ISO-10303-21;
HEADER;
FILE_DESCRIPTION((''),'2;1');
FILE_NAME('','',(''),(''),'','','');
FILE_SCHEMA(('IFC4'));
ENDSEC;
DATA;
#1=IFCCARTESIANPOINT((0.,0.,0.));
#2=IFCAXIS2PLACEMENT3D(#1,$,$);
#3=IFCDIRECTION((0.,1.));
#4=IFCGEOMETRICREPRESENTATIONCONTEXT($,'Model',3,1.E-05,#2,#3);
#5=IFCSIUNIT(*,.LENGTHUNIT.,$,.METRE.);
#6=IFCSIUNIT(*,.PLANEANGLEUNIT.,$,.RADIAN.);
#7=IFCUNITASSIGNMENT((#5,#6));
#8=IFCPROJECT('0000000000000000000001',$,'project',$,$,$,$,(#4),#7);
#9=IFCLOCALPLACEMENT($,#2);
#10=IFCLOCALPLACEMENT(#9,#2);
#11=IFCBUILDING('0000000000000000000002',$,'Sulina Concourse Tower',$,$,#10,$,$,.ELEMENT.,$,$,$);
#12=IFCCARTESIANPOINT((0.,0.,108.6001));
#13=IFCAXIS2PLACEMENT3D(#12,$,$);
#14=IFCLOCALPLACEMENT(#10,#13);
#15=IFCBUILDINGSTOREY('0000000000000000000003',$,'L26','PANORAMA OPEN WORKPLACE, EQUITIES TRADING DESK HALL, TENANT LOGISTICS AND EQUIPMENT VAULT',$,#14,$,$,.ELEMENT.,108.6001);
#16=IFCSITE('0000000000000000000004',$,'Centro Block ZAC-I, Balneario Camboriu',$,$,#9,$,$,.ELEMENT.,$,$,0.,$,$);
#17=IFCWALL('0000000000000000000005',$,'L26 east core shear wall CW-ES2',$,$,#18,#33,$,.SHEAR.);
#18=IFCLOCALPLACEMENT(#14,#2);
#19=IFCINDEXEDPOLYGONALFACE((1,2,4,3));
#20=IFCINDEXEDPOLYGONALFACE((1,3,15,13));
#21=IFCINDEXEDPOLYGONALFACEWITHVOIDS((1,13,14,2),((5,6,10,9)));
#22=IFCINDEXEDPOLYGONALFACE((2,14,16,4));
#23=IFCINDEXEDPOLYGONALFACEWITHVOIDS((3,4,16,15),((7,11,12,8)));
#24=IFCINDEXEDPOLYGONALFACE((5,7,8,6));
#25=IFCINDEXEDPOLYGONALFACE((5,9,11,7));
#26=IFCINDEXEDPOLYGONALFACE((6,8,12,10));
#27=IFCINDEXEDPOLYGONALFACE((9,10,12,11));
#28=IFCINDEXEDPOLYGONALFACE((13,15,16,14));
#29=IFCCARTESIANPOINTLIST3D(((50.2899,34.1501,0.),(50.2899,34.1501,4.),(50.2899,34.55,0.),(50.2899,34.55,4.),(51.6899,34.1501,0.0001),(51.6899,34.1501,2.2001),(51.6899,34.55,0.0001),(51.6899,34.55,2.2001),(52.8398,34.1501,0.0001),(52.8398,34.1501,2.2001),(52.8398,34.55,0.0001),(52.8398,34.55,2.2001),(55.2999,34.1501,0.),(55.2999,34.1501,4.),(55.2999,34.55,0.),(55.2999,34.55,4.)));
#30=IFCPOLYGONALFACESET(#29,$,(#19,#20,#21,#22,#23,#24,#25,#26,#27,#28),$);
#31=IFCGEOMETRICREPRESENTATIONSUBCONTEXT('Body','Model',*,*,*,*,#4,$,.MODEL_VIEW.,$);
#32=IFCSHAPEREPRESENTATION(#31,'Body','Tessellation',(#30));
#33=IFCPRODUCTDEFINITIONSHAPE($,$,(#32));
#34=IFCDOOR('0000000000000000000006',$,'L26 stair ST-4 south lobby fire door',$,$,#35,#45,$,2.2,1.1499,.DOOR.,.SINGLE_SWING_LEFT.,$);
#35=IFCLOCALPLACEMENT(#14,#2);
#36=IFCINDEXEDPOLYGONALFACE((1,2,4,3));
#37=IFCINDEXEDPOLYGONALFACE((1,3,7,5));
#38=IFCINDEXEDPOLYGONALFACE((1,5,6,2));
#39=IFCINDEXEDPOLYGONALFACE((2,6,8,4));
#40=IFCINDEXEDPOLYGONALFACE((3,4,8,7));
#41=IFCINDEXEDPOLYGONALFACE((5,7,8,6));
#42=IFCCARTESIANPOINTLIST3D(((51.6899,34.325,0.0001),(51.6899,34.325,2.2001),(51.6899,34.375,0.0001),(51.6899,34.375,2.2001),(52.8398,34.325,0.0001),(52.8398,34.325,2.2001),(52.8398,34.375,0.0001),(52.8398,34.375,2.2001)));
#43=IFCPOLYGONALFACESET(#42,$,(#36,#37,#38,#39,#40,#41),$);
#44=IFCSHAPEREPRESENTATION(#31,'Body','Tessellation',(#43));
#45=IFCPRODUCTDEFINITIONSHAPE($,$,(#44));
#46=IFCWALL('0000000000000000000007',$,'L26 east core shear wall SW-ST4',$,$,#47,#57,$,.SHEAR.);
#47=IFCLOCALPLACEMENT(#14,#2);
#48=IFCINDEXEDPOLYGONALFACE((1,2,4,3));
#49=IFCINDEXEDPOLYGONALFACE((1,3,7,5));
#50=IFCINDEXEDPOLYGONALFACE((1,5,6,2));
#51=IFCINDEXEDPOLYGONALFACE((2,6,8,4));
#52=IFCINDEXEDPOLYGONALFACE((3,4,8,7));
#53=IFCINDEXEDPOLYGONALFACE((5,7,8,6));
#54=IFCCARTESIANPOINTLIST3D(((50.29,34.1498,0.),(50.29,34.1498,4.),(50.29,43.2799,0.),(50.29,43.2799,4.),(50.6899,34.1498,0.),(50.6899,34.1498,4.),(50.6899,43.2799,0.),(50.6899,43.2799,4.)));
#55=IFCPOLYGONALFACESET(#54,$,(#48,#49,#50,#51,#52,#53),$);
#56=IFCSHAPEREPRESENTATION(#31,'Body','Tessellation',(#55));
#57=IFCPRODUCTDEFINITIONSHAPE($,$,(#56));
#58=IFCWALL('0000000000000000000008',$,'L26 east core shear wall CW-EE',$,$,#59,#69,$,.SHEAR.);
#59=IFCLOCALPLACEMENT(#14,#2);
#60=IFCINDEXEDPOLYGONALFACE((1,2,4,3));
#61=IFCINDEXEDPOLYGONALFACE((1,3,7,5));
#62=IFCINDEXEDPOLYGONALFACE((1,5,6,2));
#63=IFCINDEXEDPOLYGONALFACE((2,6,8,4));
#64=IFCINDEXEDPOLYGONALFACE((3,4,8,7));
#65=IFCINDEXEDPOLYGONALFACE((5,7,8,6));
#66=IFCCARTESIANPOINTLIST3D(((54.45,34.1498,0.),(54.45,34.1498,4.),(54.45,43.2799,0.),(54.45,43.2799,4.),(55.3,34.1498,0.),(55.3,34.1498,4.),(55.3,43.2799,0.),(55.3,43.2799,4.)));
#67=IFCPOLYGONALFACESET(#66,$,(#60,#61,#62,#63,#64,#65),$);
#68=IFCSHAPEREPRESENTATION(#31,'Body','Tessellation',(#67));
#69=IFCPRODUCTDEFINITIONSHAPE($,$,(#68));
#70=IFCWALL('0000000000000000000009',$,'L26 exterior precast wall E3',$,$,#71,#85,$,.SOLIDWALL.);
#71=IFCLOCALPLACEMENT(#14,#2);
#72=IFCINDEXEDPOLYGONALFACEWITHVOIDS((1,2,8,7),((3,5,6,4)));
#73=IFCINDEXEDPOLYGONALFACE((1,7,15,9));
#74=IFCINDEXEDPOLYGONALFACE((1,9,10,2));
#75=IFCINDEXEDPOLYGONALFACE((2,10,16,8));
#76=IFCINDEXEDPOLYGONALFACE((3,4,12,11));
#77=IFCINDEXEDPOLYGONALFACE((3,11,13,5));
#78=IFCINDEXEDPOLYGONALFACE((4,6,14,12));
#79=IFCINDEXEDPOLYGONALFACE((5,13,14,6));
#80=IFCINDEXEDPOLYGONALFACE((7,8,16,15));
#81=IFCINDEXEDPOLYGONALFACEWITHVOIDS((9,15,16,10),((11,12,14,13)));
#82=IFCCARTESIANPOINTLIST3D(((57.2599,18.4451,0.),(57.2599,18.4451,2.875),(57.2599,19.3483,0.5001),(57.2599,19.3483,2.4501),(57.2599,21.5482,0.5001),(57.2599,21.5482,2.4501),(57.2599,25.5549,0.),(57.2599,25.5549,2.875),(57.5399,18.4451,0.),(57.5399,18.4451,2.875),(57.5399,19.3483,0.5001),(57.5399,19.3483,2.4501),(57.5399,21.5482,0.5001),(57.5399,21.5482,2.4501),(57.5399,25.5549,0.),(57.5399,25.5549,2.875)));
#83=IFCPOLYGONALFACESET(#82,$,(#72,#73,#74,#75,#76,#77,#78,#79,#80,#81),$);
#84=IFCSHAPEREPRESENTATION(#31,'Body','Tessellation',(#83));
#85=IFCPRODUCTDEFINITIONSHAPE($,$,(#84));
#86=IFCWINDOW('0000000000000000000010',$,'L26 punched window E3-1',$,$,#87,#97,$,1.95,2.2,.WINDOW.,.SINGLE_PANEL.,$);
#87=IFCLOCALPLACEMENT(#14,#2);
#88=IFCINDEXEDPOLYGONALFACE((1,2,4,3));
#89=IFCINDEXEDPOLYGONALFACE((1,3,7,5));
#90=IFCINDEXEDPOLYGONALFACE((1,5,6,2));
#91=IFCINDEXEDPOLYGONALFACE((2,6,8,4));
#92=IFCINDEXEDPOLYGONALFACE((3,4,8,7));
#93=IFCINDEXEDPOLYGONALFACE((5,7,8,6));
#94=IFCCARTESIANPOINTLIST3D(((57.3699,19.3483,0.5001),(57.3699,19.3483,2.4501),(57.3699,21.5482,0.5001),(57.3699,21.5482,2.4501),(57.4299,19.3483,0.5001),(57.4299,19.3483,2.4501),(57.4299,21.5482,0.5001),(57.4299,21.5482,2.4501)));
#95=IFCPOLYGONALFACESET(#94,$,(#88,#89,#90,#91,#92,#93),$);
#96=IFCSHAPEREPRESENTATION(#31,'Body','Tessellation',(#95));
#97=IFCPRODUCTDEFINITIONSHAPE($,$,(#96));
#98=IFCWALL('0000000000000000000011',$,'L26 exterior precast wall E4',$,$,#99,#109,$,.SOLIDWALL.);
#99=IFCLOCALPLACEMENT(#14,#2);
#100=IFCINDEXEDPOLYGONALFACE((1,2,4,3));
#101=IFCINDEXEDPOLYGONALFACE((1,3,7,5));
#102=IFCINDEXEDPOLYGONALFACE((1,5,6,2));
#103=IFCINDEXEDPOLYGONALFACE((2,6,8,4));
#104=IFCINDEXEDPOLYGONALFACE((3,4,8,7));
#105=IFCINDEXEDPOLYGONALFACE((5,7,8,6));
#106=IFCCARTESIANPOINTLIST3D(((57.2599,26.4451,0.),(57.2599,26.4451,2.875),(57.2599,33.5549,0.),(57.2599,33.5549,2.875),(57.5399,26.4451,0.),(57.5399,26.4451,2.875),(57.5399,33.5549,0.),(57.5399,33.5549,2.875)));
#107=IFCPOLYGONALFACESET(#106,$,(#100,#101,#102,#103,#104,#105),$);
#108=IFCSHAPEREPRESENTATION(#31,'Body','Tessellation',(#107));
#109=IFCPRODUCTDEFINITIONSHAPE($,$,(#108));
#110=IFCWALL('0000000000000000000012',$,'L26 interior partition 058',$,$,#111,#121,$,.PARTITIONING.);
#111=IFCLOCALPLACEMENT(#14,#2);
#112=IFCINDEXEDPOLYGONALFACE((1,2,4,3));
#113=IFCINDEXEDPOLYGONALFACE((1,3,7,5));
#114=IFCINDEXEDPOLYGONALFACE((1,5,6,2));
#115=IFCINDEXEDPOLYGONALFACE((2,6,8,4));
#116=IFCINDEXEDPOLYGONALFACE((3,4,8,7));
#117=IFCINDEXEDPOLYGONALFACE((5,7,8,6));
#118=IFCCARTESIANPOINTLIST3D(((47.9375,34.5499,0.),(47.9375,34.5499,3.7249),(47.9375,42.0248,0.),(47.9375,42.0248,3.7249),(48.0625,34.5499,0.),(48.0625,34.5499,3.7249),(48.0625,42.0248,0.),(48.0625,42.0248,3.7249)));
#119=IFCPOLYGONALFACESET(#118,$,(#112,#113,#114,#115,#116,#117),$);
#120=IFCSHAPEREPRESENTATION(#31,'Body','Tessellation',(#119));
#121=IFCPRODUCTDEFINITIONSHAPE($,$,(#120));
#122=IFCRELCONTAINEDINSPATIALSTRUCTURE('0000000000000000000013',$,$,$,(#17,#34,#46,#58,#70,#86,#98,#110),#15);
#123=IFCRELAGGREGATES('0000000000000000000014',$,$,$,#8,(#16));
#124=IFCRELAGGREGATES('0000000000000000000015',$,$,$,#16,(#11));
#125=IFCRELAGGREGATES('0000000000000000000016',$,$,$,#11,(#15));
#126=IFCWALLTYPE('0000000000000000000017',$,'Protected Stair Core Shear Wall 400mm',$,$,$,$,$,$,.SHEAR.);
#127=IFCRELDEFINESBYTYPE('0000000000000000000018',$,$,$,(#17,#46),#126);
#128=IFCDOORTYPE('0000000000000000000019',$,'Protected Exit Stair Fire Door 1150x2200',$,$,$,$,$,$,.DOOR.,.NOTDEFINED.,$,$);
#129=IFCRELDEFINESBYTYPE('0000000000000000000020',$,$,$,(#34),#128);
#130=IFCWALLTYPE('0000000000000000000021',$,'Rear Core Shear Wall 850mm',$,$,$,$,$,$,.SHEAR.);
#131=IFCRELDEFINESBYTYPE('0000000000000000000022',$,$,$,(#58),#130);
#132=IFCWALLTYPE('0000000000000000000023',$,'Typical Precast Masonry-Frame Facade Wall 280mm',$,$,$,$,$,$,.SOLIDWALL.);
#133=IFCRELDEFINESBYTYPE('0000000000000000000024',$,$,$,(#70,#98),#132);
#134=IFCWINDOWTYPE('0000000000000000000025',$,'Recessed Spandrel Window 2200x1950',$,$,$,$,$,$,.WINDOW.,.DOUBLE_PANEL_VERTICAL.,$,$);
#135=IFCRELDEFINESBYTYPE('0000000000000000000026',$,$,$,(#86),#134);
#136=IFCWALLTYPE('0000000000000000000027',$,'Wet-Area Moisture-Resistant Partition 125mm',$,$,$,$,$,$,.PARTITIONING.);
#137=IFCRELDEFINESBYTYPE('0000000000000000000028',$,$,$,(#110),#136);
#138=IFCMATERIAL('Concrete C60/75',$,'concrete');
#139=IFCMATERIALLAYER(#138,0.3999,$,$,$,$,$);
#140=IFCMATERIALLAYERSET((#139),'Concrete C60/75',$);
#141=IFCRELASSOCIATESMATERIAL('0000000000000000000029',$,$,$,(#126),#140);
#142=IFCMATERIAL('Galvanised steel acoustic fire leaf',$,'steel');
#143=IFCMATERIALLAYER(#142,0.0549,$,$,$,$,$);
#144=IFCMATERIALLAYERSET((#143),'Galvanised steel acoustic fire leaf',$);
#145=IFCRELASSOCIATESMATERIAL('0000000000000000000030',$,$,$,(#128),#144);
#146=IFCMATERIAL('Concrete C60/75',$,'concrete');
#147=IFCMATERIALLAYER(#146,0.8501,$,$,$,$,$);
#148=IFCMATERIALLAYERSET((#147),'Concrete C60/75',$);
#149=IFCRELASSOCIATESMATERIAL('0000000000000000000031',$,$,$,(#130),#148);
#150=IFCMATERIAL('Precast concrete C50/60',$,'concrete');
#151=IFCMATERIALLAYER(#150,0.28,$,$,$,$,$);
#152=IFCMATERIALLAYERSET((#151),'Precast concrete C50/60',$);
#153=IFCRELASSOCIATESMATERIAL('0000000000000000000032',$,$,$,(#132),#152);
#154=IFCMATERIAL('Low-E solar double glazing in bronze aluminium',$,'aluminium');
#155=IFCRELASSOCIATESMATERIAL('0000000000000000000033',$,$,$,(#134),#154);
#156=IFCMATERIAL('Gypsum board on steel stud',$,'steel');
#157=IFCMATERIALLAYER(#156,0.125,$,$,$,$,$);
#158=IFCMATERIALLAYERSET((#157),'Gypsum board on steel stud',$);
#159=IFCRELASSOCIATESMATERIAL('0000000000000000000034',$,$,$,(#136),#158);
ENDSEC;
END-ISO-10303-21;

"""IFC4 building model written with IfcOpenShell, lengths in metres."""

from ifc_helpers import new_model, si_unit, direction, frame, frame_2d, origin, place, context, subcontext, project, spatial, rectangle, extrude, material, layer, layer_set, type_object, element, fill, save


model = new_model("IFC4")

# Units and contexts
model_context = context("Model", 3, precision=1e-05, world=origin(), true_north=direction((0.0, 1.0)))
body_context = subcontext(model_context, "Body", "Model", "MODEL_VIEW")
ifc_project = project(units=[si_unit("LENGTHUNIT", "METRE"), si_unit("PLANEANGLEUNIT", "RADIAN")], contexts=[model_context])

# Site, building, storey
site_placement = place(None, origin())
site = spatial("IfcSite", under=ifc_project, at=site_placement, Name="Centro Block ZAC-I, Balneario Camboriu", CompositionType="ELEMENT", RefElevation=0.0)
building_placement = place(site_placement, origin())
building = spatial("IfcBuilding", under=site, at=building_placement, Name="Sulina Concourse Tower", CompositionType="ELEMENT")
storey_placement = place(building_placement, frame((0.0, 0.0, 108.6001)))
storey = spatial("IfcBuildingStorey", under=building, at=storey_placement, Name="L26", Description="PANORAMA OPEN WORKPLACE, EQUITIES TRADING DESK HALL, TENANT LOGISTICS AND EQUIPMENT VAULT", CompositionType="ELEMENT", Elevation=108.6001)

# Shared definitions
ifc_material_1 = material(Name="Concrete C60/75", Category="concrete")
ifc_layer_1 = layer(ifc_material_1, 0.3999)
ifc_layer_set_1 = layer_set([ifc_layer_1], Name="Concrete C60/75")
wall_type_1 = type_object("IfcWallType", Name="Protected Stair Core Shear Wall 400mm", PredefinedType="SHEAR", material=ifc_layer_set_1)

# Wall, opening, door
wall_1_placement = place(storey_placement, frame((50.29, 34.3501, 0.0), z_axis=(0.0, 0.0, 1.0), x_axis=(1.0, 0.0, 0.0)))
wall_1 = element("IfcWall", 1, at=wall_1_placement, inside=storey, type_object=wall_type_1, Name="L26 east core shear wall CW-ES2", PredefinedType="SHEAR", context=body_context, shape_type="SweptSolid", body=[
    extrude(rectangle(XDim=5.01, YDim=0.3999, at=frame_2d((2.5049, 0.0))), origin(), (0.0, 0.0, 1.0), 4.0),
])
opening_1_placement = place(wall_1_placement, frame((1.3999, 0.0, 0.0)))
opening_1 = element("IfcOpeningElement", 2, at=opening_1_placement, cuts=wall_1, PredefinedType="OPENING", context=body_context, shape_type="SweptSolid", body=[
    extrude(rectangle(XDim=1.1499, YDim=2.2, at=frame_2d((0.575, 1.1001))), frame((0.0, 0.21, 0.0), z_axis=(0.0, -1.0, 0.0), x_axis=(1.0, 0.0, 0.0)), (0.0, 0.0, 1.0), 0.4199),
])
ifc_material_2 = material(Name="Galvanised steel acoustic fire leaf", Category="steel")
ifc_layer_2 = layer(ifc_material_2, 0.0549)
ifc_layer_set_2 = layer_set([ifc_layer_2], Name="Galvanised steel acoustic fire leaf")
door_type_1 = type_object("IfcDoorType", Name="Protected Exit Stair Fire Door 1150x2200", OperationType="NOTDEFINED", PredefinedType="DOOR", material=ifc_layer_set_2)
door_1_placement = place(opening_1_placement, origin())
door_1 = element("IfcDoor", 3, at=door_1_placement, inside=storey, type_object=door_type_1, Name="L26 stair ST-4 south lobby fire door", OperationType="SINGLE_SWING_LEFT", OverallHeight=2.2, OverallWidth=1.1499, PredefinedType="DOOR", context=body_context, shape_type="SweptSolid", body=[
    extrude(rectangle(XDim=1.1499, YDim=2.2, at=frame_2d((0.575, 1.1001))), frame((0.0, 0.0249, 0.0), z_axis=(0.0, -1.0, 0.0), x_axis=(1.0, 0.0, 0.0)), (0.0, 0.0, 1.0), 0.05),
])
fill(opening_1, door_1)

# Walls
wall_2_placement = place(storey_placement, frame((50.49, 34.1499, 0.0), z_axis=(0.0, 0.0, 1.0), x_axis=(0.0, 1.0, 0.0)))
element("IfcWall", 4, at=wall_2_placement, inside=storey, type_object=wall_type_1, Name="L26 east core shear wall SW-ST4", PredefinedType="SHEAR", context=body_context, shape_type="SweptSolid", body=[
    extrude(rectangle(XDim=9.1301, YDim=0.3999, at=frame_2d((4.5649, 0.0))), origin(), (0.0, 0.0, 1.0), 4.0),
])
ifc_material_3 = material(Name="Concrete C60/75", Category="concrete")
ifc_layer_3 = layer(ifc_material_3, 0.8501)
ifc_layer_set_3 = layer_set([ifc_layer_3], Name="Concrete C60/75")
wall_type_2 = type_object("IfcWallType", Name="Rear Core Shear Wall 850mm", PredefinedType="SHEAR", material=ifc_layer_set_3)
wall_3_placement = place(storey_placement, frame((54.875, 34.1499, 0.0), z_axis=(0.0, 0.0, 1.0), x_axis=(0.0, 1.0, 0.0)))
element("IfcWall", 5, at=wall_3_placement, inside=storey, type_object=wall_type_2, Name="L26 east core shear wall CW-EE", PredefinedType="SHEAR", context=body_context, shape_type="SweptSolid", body=[
    extrude(rectangle(XDim=9.1301, YDim=0.8501, at=frame_2d((4.5649, 0.0))), origin(), (0.0, 0.0, 1.0), 4.0),
])

# Wall, opening, window
ifc_material_4 = material(Name="Precast concrete C50/60", Category="concrete")
ifc_layer_4 = layer(ifc_material_4, 0.28)
ifc_layer_set_4 = layer_set([ifc_layer_4], Name="Precast concrete C50/60")
wall_type_3 = type_object("IfcWallType", Name="Typical Precast Masonry-Frame Facade Wall 280mm", PredefinedType="SOLIDWALL", material=ifc_layer_set_4)
wall_4_placement = place(storey_placement, frame((57.3999, 25.5549, 0.0), z_axis=(0.0, 0.0, 1.0), x_axis=(0.0, -1.0, 0.0)))
wall_4 = element("IfcWall", 6, at=wall_4_placement, inside=storey, type_object=wall_type_3, Name="L26 exterior precast wall E3", PredefinedType="SOLIDWALL", context=body_context, shape_type="SweptSolid", body=[
    extrude(rectangle(XDim=7.1099, YDim=0.28, at=frame_2d((3.5549, 0.0))), origin(), (0.0, 0.0, 1.0), 2.875),
])
opening_2_placement = place(wall_4_placement, frame((4.0066, 0.0, 0.5)))
opening_2 = element("IfcOpeningElement", 7, at=opening_2_placement, cuts=wall_4, PredefinedType="OPENING", context=body_context, shape_type="SweptSolid", body=[
    extrude(rectangle(XDim=2.2, YDim=1.95, at=frame_2d((1.1001, 0.9751))), frame((0.0, 0.1499, 0.0), z_axis=(0.0, -1.0, 0.0), x_axis=(1.0, 0.0, 0.0)), (0.0, 0.0, 1.0), 0.3),
])
ifc_material_5 = material(Name="Low-E solar double glazing in bronze aluminium", Category="aluminium")
window_type = type_object("IfcWindowType", Name="Recessed Spandrel Window 2200x1950", PartitioningType="DOUBLE_PANEL_VERTICAL", PredefinedType="WINDOW", material=ifc_material_5)
window_placement = place(opening_2_placement, origin())
window = element("IfcWindow", 8, at=window_placement, inside=storey, type_object=window_type, Name="L26 punched window E3-1", OverallHeight=1.95, OverallWidth=2.2, PartitioningType="SINGLE_PANEL", PredefinedType="WINDOW", context=body_context, shape_type="SweptSolid", body=[
    extrude(rectangle(XDim=2.2, YDim=1.95, at=frame_2d((1.1001, 0.9751))), frame((0.0, 0.03, 0.0), z_axis=(0.0, -1.0, 0.0), x_axis=(1.0, 0.0, 0.0)), (0.0, 0.0, 1.0), 0.0601),
])
fill(opening_2, window)

# Walls
wall_5_placement = place(storey_placement, frame((57.3999, 33.5549, 0.0), z_axis=(0.0, 0.0, 1.0), x_axis=(0.0, -1.0, 0.0)))
element("IfcWall", 9, at=wall_5_placement, inside=storey, type_object=wall_type_3, Name="L26 exterior precast wall E4", PredefinedType="SOLIDWALL", context=body_context, shape_type="SweptSolid", body=[
    extrude(rectangle(XDim=7.1099, YDim=0.28, at=frame_2d((3.5549, 0.0))), origin(), (0.0, 0.0, 1.0), 2.875),
])
ifc_material_6 = material(Name="Gypsum board on steel stud", Category="steel")
ifc_layer_5 = layer(ifc_material_6, 0.125)
ifc_layer_set_5 = layer_set([ifc_layer_5], Name="Gypsum board on steel stud")
wall_type_4 = type_object("IfcWallType", Name="Wet-Area Moisture-Resistant Partition 125mm", PredefinedType="PARTITIONING", material=ifc_layer_set_5)
wall_6_placement = place(storey_placement, frame((48.0, 34.55, 0.0), z_axis=(0.0, 0.0, 1.0), x_axis=(0.0, 1.0, 0.0)))
element("IfcWall", 10, at=wall_6_placement, inside=storey, type_object=wall_type_4, Name="L26 interior partition 058", PredefinedType="PARTITIONING", context=body_context, shape_type="SweptSolid", body=[
    extrude(rectangle(XDim=7.4749, YDim=0.125, at=frame_2d((3.7373, 0.0))), origin(), (0.0, 0.0, 1.0), 3.7249),
])

save(model, "model.ifc")
